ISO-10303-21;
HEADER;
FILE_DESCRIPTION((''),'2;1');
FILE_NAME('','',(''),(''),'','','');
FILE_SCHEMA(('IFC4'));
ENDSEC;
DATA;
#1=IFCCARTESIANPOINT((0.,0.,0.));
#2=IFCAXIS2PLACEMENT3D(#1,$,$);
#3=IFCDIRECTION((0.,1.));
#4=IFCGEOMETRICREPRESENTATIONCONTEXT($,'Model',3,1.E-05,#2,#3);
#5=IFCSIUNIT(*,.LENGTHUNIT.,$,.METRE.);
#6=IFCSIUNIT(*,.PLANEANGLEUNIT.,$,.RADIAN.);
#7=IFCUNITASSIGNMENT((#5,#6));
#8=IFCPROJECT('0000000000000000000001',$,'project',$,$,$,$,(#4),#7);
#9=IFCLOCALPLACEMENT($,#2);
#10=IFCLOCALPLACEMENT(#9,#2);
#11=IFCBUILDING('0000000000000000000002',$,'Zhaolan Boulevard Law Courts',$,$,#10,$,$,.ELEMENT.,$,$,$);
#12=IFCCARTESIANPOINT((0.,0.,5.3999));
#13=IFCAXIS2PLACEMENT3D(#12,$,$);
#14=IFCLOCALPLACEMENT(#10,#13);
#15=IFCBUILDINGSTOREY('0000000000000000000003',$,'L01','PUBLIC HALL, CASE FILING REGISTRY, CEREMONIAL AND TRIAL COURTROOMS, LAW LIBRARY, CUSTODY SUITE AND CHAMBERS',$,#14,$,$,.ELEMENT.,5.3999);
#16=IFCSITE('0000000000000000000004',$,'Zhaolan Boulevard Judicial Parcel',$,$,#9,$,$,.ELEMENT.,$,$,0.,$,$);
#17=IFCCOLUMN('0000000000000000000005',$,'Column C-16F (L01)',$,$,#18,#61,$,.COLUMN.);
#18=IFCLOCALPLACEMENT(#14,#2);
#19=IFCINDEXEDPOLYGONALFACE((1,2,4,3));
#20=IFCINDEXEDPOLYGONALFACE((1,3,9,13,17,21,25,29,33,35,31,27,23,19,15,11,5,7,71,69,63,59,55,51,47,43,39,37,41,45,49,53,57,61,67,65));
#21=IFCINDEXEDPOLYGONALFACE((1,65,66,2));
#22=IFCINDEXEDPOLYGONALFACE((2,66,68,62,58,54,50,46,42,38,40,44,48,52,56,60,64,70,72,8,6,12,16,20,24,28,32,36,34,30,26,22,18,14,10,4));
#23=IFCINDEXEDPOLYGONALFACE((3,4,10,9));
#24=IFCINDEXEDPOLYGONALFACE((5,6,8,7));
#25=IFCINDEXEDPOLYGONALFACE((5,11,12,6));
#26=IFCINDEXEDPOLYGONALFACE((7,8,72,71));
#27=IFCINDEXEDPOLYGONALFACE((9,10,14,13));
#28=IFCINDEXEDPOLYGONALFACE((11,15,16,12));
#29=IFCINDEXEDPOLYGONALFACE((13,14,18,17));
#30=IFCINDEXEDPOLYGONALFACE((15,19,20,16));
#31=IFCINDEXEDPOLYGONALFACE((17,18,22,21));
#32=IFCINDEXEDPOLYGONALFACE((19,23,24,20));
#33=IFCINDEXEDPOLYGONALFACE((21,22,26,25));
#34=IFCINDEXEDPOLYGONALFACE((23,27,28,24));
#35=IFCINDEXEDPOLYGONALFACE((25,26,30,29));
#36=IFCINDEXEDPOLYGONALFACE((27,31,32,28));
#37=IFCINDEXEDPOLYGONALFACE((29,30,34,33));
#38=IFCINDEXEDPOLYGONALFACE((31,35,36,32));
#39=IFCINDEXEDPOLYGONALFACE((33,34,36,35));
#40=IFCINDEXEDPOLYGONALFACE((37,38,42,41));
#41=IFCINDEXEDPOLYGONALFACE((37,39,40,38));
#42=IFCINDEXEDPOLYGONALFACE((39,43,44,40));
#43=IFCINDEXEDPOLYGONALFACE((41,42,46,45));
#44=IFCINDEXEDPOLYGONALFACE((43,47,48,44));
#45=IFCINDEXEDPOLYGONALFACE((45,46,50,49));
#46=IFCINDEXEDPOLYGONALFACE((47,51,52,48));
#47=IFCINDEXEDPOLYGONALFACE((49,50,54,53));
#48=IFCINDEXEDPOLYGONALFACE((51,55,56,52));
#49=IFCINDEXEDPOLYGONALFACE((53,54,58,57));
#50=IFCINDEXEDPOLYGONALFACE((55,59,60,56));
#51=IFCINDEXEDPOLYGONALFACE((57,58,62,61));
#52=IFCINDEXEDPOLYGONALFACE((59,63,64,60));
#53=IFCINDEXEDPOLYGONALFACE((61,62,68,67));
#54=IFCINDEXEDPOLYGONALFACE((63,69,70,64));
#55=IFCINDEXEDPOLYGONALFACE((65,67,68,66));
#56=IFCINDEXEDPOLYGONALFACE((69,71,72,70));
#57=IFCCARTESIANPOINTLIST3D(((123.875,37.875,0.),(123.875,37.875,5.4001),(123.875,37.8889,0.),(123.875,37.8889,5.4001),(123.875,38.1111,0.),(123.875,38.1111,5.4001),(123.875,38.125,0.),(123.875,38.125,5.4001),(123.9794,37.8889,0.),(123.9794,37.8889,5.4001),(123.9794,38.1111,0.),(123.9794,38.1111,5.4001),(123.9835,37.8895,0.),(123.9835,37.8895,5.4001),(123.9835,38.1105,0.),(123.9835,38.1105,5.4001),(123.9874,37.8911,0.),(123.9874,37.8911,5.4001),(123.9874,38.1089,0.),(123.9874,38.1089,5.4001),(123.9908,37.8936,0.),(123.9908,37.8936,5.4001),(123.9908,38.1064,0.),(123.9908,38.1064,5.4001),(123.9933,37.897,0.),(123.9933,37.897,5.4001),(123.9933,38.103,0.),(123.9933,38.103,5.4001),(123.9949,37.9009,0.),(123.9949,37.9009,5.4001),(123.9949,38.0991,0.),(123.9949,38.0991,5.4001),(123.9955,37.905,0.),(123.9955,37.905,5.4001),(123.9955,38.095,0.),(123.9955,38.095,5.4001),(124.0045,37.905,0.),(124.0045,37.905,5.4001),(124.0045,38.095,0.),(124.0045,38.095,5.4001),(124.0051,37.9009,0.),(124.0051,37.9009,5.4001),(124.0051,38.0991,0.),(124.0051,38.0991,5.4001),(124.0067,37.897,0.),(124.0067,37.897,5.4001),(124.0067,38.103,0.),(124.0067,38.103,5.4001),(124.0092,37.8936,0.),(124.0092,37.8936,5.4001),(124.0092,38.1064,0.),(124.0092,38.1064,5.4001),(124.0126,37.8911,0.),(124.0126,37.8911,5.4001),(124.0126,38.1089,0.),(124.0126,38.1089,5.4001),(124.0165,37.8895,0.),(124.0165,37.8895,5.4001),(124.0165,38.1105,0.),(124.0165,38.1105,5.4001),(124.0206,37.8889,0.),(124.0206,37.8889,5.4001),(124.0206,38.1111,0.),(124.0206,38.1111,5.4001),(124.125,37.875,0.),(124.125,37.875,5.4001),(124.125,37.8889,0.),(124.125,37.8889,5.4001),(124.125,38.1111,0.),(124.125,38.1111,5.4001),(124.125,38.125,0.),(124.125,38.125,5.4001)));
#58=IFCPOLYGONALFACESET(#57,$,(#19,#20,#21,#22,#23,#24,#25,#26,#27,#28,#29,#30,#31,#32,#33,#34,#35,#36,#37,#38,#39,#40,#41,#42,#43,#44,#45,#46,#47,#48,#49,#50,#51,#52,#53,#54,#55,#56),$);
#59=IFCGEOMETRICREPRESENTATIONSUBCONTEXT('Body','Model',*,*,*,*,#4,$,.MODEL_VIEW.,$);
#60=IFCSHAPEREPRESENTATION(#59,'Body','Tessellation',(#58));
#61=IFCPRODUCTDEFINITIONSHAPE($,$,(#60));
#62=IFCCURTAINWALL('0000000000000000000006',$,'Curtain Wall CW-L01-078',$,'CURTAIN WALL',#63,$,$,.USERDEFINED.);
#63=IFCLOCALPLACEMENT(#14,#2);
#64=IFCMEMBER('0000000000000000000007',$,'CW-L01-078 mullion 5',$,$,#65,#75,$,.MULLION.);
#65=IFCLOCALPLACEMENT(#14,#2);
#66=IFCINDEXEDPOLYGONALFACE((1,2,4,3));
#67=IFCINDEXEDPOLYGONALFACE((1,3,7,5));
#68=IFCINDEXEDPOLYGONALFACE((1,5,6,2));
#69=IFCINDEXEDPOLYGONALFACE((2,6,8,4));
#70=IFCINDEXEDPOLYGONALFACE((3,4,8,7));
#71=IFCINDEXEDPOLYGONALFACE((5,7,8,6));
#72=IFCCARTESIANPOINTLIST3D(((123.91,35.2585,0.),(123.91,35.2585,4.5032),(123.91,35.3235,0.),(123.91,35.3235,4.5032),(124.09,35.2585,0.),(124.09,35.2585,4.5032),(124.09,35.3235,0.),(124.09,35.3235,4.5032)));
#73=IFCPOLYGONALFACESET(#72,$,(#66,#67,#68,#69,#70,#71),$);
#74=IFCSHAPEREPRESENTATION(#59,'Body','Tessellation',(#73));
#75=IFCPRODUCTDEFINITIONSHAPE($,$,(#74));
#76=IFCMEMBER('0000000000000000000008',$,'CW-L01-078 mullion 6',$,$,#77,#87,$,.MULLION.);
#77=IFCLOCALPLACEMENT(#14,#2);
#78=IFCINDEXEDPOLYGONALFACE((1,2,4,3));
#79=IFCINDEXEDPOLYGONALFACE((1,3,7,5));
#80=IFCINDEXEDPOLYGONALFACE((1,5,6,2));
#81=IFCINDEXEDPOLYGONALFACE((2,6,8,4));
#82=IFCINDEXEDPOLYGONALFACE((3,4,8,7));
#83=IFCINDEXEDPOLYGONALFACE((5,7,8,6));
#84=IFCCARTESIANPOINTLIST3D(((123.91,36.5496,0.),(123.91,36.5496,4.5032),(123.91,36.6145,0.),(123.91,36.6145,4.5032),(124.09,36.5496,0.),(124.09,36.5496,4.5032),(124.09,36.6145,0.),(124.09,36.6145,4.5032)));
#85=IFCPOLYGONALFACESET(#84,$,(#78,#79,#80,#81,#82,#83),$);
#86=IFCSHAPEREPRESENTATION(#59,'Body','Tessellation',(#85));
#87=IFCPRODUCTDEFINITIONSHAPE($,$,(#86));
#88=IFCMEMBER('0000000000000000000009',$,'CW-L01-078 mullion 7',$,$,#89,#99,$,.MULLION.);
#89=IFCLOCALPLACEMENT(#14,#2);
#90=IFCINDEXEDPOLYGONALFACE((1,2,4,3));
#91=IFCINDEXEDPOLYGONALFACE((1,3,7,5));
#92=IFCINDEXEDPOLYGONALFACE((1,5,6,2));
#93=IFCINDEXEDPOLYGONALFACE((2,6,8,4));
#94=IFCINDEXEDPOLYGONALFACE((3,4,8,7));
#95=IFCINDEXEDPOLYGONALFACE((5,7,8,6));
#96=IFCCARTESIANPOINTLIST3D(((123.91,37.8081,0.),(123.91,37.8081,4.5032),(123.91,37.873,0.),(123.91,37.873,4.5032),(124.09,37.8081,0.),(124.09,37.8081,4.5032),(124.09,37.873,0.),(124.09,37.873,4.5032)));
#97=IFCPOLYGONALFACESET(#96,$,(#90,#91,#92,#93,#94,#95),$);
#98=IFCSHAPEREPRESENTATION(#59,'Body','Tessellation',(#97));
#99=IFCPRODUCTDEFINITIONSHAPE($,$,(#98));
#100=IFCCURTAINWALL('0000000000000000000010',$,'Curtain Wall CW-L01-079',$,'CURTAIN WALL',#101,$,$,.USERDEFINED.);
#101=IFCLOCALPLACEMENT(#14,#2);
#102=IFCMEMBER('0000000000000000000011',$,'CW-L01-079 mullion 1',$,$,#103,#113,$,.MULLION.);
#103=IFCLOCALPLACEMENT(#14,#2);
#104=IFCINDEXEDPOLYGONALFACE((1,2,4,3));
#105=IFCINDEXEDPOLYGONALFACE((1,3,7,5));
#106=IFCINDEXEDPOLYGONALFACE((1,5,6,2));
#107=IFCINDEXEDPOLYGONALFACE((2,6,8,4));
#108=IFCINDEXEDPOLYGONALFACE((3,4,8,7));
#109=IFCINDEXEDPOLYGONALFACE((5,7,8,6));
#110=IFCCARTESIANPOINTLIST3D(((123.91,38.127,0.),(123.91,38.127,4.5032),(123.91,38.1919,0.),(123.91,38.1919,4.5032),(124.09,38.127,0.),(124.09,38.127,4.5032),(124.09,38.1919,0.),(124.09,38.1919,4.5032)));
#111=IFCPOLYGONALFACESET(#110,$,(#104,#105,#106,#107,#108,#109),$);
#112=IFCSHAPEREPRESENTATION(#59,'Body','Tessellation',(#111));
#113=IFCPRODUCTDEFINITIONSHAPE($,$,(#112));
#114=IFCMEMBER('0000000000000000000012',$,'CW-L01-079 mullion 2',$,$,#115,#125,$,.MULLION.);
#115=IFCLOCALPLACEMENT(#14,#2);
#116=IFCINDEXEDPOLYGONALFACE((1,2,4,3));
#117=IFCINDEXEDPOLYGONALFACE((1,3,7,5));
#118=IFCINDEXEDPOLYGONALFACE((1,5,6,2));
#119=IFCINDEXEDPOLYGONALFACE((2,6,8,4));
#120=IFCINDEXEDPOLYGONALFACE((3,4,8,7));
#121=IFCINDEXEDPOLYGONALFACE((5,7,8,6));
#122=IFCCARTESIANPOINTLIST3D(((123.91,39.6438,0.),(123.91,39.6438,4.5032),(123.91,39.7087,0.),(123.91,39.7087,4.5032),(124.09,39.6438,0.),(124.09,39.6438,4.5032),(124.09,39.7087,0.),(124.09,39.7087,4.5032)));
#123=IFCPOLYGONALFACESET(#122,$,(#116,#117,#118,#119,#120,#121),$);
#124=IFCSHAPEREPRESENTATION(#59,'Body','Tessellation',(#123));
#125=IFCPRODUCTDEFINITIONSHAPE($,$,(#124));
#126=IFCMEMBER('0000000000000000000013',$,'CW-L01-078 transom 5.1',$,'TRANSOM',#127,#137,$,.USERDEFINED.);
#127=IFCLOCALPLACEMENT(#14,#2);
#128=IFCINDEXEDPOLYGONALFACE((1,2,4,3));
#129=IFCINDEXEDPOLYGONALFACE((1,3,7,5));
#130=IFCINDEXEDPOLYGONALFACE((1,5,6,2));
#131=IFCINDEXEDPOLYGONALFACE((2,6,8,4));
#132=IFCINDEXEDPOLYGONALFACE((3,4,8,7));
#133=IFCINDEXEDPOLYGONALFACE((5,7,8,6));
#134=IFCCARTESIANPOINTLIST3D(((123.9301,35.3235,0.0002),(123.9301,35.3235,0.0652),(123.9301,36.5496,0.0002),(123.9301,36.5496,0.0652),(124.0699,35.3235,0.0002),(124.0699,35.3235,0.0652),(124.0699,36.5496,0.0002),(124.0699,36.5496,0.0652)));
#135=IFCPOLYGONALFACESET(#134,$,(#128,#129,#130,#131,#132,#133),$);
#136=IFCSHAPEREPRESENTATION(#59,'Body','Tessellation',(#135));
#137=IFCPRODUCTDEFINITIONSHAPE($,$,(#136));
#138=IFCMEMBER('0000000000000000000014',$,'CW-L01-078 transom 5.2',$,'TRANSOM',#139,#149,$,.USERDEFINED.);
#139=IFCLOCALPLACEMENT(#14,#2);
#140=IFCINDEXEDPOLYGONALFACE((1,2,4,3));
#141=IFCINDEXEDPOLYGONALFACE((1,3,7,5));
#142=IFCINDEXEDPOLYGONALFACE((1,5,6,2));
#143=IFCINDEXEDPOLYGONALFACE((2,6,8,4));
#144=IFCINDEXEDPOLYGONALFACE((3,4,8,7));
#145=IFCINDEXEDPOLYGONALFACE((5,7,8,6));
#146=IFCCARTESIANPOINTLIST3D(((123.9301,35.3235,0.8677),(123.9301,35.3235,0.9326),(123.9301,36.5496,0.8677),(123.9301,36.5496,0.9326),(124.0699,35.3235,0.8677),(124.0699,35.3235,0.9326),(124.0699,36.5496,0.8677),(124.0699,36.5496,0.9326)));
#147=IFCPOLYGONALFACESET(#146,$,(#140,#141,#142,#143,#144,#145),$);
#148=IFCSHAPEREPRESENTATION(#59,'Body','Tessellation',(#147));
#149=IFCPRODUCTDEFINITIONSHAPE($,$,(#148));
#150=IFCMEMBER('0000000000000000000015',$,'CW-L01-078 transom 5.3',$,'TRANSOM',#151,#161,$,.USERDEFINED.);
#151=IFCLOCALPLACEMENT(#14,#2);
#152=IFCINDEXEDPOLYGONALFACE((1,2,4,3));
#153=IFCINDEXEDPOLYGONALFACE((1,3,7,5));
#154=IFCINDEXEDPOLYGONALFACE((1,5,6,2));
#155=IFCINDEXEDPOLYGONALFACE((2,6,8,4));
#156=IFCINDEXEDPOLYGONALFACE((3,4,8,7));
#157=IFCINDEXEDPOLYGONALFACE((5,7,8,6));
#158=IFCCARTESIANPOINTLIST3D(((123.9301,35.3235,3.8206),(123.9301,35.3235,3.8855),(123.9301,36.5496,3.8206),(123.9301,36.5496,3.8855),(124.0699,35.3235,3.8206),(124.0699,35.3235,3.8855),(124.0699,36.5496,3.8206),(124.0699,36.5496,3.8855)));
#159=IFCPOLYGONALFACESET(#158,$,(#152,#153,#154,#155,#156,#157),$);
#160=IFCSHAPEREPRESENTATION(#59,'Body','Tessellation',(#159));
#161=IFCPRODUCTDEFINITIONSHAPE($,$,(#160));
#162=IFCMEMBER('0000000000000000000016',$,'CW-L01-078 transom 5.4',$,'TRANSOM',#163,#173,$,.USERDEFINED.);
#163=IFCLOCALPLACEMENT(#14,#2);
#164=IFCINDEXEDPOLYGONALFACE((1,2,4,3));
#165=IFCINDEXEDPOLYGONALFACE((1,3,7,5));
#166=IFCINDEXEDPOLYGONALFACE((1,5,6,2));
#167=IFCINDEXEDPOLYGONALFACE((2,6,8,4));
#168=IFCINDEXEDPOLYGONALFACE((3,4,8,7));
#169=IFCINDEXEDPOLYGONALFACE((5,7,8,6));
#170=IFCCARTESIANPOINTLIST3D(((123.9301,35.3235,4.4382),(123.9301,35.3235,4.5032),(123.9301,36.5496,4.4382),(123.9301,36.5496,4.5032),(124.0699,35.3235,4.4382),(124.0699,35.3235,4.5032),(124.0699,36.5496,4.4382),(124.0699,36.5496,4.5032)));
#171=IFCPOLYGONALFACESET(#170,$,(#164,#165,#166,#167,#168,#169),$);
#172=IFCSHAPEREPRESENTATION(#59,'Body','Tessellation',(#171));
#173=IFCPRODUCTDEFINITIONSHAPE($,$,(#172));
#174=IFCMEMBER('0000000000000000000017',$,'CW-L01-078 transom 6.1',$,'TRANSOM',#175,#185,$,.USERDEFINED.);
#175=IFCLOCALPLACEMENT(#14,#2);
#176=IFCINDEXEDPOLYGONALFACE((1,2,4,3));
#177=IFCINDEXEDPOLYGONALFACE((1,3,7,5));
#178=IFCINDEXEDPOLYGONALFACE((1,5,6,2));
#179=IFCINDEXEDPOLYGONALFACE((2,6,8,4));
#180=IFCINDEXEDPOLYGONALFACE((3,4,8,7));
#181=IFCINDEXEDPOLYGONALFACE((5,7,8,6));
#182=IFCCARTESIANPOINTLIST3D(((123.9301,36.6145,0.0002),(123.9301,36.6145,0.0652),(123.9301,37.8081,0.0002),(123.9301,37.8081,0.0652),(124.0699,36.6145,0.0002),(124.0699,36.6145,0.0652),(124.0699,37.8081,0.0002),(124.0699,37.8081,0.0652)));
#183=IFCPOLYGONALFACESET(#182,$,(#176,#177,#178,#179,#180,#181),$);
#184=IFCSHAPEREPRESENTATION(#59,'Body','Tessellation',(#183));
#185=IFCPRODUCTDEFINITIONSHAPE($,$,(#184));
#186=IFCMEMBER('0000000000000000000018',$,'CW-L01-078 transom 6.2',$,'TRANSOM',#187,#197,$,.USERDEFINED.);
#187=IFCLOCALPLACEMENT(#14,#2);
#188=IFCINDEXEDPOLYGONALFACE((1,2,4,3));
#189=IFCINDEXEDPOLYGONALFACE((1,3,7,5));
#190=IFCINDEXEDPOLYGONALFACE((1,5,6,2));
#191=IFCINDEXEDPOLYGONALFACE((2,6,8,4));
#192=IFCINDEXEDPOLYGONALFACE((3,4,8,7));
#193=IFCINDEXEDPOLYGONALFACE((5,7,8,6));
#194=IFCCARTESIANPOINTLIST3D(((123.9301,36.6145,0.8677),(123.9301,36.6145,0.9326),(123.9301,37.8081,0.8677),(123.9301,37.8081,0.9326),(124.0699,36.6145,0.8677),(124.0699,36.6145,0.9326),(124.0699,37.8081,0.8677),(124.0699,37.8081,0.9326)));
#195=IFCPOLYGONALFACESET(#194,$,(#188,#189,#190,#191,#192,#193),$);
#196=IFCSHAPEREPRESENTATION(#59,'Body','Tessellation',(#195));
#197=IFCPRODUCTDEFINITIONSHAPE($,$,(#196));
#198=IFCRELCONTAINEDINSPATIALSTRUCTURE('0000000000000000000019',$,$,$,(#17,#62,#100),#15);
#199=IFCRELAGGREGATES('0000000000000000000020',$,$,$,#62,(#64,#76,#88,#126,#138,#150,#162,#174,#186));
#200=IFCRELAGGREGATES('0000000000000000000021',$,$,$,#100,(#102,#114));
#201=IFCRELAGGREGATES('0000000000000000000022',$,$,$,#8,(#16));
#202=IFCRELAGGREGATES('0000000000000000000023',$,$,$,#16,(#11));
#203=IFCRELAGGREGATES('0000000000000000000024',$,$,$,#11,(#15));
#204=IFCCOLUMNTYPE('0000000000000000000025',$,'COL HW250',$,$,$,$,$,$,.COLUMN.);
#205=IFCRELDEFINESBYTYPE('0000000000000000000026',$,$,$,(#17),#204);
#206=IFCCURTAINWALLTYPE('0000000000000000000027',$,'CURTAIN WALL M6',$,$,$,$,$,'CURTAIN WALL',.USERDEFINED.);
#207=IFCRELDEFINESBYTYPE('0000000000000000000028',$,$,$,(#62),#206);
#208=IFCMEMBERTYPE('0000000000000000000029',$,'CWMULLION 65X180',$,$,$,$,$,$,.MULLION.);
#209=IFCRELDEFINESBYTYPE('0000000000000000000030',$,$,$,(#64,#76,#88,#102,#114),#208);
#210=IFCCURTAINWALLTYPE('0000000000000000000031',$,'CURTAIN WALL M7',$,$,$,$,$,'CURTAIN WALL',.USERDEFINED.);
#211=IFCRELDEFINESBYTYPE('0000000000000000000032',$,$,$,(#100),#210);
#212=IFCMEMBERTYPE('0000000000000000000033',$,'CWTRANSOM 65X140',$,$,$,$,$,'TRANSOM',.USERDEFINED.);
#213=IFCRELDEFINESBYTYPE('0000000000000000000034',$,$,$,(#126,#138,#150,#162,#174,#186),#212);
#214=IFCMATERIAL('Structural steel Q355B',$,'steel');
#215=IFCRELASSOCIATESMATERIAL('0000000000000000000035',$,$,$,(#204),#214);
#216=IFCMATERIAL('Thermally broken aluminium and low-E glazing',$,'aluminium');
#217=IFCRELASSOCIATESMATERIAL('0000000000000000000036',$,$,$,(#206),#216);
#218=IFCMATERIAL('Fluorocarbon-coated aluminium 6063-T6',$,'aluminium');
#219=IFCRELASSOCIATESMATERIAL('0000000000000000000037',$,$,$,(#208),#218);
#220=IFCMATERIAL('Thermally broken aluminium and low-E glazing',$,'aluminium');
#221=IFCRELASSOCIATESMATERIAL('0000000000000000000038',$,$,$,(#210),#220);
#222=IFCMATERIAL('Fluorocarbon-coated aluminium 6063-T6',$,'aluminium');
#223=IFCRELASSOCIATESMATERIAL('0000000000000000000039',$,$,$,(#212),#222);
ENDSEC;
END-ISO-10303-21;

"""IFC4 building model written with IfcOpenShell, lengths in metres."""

from ifc_helpers import new_model, si_unit, direction, frame, origin, origin_2d, place, context, subcontext, project, spatial, rectangle, i_section, extrude, material, material_profile, profile_set, type_object, element, aggregate, save


model = new_model("IFC4")

# Units and contexts
model_context = context("Model", 3, precision=1e-05, world=origin(), true_north=direction((0.0, 1.0)))
body_context = subcontext(model_context, "Body", "Model", "MODEL_VIEW")
ifc_project = project(units=[si_unit("LENGTHUNIT", "METRE"), si_unit("PLANEANGLEUNIT", "RADIAN")], contexts=[model_context])

# Site, building, storey
site_placement = place(None, origin())
site = spatial("IfcSite", under=ifc_project, at=site_placement, Name="Zhaolan Boulevard Judicial Parcel", CompositionType="ELEMENT", RefElevation=0.0)
building_placement = place(site_placement, origin())
building = spatial("IfcBuilding", under=site, at=building_placement, Name="Zhaolan Boulevard Law Courts", CompositionType="ELEMENT")
storey_placement = place(building_placement, frame((0.0, 0.0, 5.3999)))
storey = spatial("IfcBuildingStorey", under=building, at=storey_placement, Name="L01", Description="PUBLIC HALL, CASE FILING REGISTRY, CEREMONIAL AND TRIAL COURTROOMS, LAW LIBRARY, CUSTODY SUITE AND CHAMBERS", CompositionType="ELEMENT", Elevation=5.3999)

# Column
ifc_material_1 = material(Name="Structural steel Q355B", Category="steel")
ifc_material_profile_1 = material_profile(ifc_material_1, i_section(OverallWidth=0.25, OverallDepth=0.25, WebThickness=0.009, FlangeThickness=0.0139, FilletRadius=0.0161, at=origin_2d()), Name="HW250x250")
ifc_profile_set_1 = profile_set([ifc_material_profile_1], Name="Structural steel Q355B")
column_type = type_object("IfcColumnType", Name="COL HW250", PredefinedType="COLUMN", material=ifc_profile_set_1)
column_placement = place(storey_placement, frame((124.0, 38.0, 0.0), z_axis=(0.0, 0.0, 1.0), x_axis=(1.0, 0.0, 0.0)))
element("IfcColumn", 1, at=column_placement, inside=storey, type_object=column_type, Name="Column C-16F (L01)", PredefinedType="COLUMN", context=body_context, shape_type="SweptSolid", body=[
    extrude(i_section(OverallWidth=0.25, OverallDepth=0.25, WebThickness=0.009, FlangeThickness=0.0139, FilletRadius=0.0161, at=origin_2d()), origin(), (0.0, 0.0, 1.0), 5.4001),
])

# Curtain walls, members
ifc_material_2 = material(Name="Thermally broken aluminium and low-E glazing", Category="aluminium")
curtain_wall_type_1 = type_object("IfcCurtainWallType", Name="CURTAIN WALL M6", ElementType="CURTAIN WALL", PredefinedType="USERDEFINED", material=ifc_material_2)
curtain_wall_1_placement = place(storey_placement, origin())
curtain_wall_1 = element("IfcCurtainWall", 2, at=curtain_wall_1_placement, inside=storey, type_object=curtain_wall_type_1, Name="Curtain Wall CW-L01-078", ObjectType="CURTAIN WALL", PredefinedType="USERDEFINED")
ifc_material_3 = material(Name="Fluorocarbon-coated aluminium 6063-T6", Category="aluminium")
ifc_material_profile_2 = material_profile(ifc_material_3, rectangle(XDim=0.1799, YDim=0.0649, at=origin_2d()), Name="AL65x180")
ifc_profile_set_2 = profile_set([ifc_material_profile_2], Name="Fluorocarbon-coated aluminium 6063-T6")
member_type_1 = type_object("IfcMemberType", Name="CWMULLION 65X180", PredefinedType="MULLION", material=ifc_profile_set_2)
member_1_placement = place(storey_placement, frame((124.0, 35.291, 0.0), z_axis=(0.0, 0.0, 1.0), x_axis=(-1.0, 0.0, 0.0)))
member_1 = element("IfcMember", 3, at=member_1_placement, type_object=member_type_1, Name="CW-L01-078 mullion 5", PredefinedType="MULLION", context=body_context, shape_type="SweptSolid", body=[
    extrude(rectangle(XDim=0.1799, YDim=0.0649, at=origin_2d()), origin(), (0.0, 0.0, 1.0), 4.5032),
])
member_2_placement = place(storey_placement, frame((124.0, 36.582, 0.0), z_axis=(0.0, 0.0, 1.0), x_axis=(-1.0, 0.0, 0.0)))
member_2 = element("IfcMember", 4, at=member_2_placement, type_object=member_type_1, Name="CW-L01-078 mullion 6", PredefinedType="MULLION", context=body_context, shape_type="SweptSolid", body=[
    extrude(rectangle(XDim=0.1799, YDim=0.0649, at=origin_2d()), origin(), (0.0, 0.0, 1.0), 4.5032),
])
member_3_placement = place(storey_placement, frame((124.0, 37.8406, 0.0), z_axis=(0.0, 0.0, 1.0), x_axis=(-1.0, 0.0, 0.0)))
member_3 = element("IfcMember", 5, at=member_3_placement, type_object=member_type_1, Name="CW-L01-078 mullion 7", PredefinedType="MULLION", context=body_context, shape_type="SweptSolid", body=[
    extrude(rectangle(XDim=0.1799, YDim=0.0649, at=origin_2d()), origin(), (0.0, 0.0, 1.0), 4.5032),
])
ifc_material_4 = material(Name="Thermally broken aluminium and low-E glazing", Category="aluminium")
curtain_wall_type_2 = type_object("IfcCurtainWallType", Name="CURTAIN WALL M7", ElementType="CURTAIN WALL", PredefinedType="USERDEFINED", material=ifc_material_4)
curtain_wall_2_placement = place(storey_placement, origin())
curtain_wall_2 = element("IfcCurtainWall", 6, at=curtain_wall_2_placement, inside=storey, type_object=curtain_wall_type_2, Name="Curtain Wall CW-L01-079", ObjectType="CURTAIN WALL", PredefinedType="USERDEFINED")
member_4_placement = place(storey_placement, frame((124.0, 38.1594, 0.0), z_axis=(0.0, 0.0, 1.0), x_axis=(-1.0, 0.0, 0.0)))
member_4 = element("IfcMember", 7, at=member_4_placement, type_object=member_type_1, Name="CW-L01-079 mullion 1", PredefinedType="MULLION", context=body_context, shape_type="SweptSolid", body=[
    extrude(rectangle(XDim=0.1799, YDim=0.0649, at=origin_2d()), origin(), (0.0, 0.0, 1.0), 4.5032),
])
member_5_placement = place(storey_placement, frame((124.0, 39.6763, 0.0), z_axis=(0.0, 0.0, 1.0), x_axis=(-1.0, 0.0, 0.0)))
member_5 = element("IfcMember", 8, at=member_5_placement, type_object=member_type_1, Name="CW-L01-079 mullion 2", PredefinedType="MULLION", context=body_context, shape_type="SweptSolid", body=[
    extrude(rectangle(XDim=0.1799, YDim=0.0649, at=origin_2d()), origin(), (0.0, 0.0, 1.0), 4.5032),
])

# Members
ifc_material_5 = material(Name="Fluorocarbon-coated aluminium 6063-T6", Category="aluminium")
ifc_material_profile_3 = material_profile(ifc_material_5, rectangle(XDim=0.1399, YDim=0.0649, at=origin_2d()), Name="AL65x140")
ifc_profile_set_3 = profile_set([ifc_material_profile_3], Name="Fluorocarbon-coated aluminium 6063-T6")
member_type_2 = type_object("IfcMemberType", Name="CWTRANSOM 65X140", ElementType="TRANSOM", PredefinedType="USERDEFINED", material=ifc_profile_set_3)
member_6_placement = place(storey_placement, frame((124.0, 35.3235, 0.0327), z_axis=(0.0, 1.0, 0.0), x_axis=(-1.0, 0.0, 0.0)))
member_6 = element("IfcMember", 9, at=member_6_placement, type_object=member_type_2, Name="CW-L01-078 transom 5.1", ObjectType="TRANSOM", PredefinedType="USERDEFINED", context=body_context, shape_type="SweptSolid", body=[
    extrude(rectangle(XDim=0.1399, YDim=0.0649, at=origin_2d()), origin(), (0.0, 0.0, 1.0), 1.2261),
])
member_7_placement = place(storey_placement, frame((124.0, 35.3235, 0.9001), z_axis=(0.0, 1.0, 0.0), x_axis=(-1.0, 0.0, 0.0)))
member_7 = element("IfcMember", 10, at=member_7_placement, type_object=member_type_2, Name="CW-L01-078 transom 5.2", ObjectType="TRANSOM", PredefinedType="USERDEFINED", context=body_context, shape_type="SweptSolid", body=[
    extrude(rectangle(XDim=0.1399, YDim=0.0649, at=origin_2d()), origin(), (0.0, 0.0, 1.0), 1.2261),
])
member_8_placement = place(storey_placement, frame((124.0, 35.3235, 3.853), z_axis=(0.0, 1.0, 0.0), x_axis=(-1.0, 0.0, 0.0)))
member_8 = element("IfcMember", 11, at=member_8_placement, type_object=member_type_2, Name="CW-L01-078 transom 5.3", ObjectType="TRANSOM", PredefinedType="USERDEFINED", context=body_context, shape_type="SweptSolid", body=[
    extrude(rectangle(XDim=0.1399, YDim=0.0649, at=origin_2d()), origin(), (0.0, 0.0, 1.0), 1.2261),
])
member_9_placement = place(storey_placement, frame((124.0, 35.3235, 4.4707), z_axis=(0.0, 1.0, 0.0), x_axis=(-1.0, 0.0, 0.0)))
member_9 = element("IfcMember", 12, at=member_9_placement, type_object=member_type_2, Name="CW-L01-078 transom 5.4", ObjectType="TRANSOM", PredefinedType="USERDEFINED", context=body_context, shape_type="SweptSolid", body=[
    extrude(rectangle(XDim=0.1399, YDim=0.0649, at=origin_2d()), origin(), (0.0, 0.0, 1.0), 1.2261),
])
member_10_placement = place(storey_placement, frame((124.0, 36.6145, 0.0327), z_axis=(0.0, 1.0, 0.0), x_axis=(-1.0, 0.0, 0.0)))
member_10 = element("IfcMember", 13, at=member_10_placement, type_object=member_type_2, Name="CW-L01-078 transom 6.1", ObjectType="TRANSOM", PredefinedType="USERDEFINED", context=body_context, shape_type="SweptSolid", body=[
    extrude(rectangle(XDim=0.1399, YDim=0.0649, at=origin_2d()), origin(), (0.0, 0.0, 1.0), 1.1936),
])
member_11_placement = place(storey_placement, frame((124.0, 36.6145, 0.9001), z_axis=(0.0, 1.0, 0.0), x_axis=(-1.0, 0.0, 0.0)))
member_11 = element("IfcMember", 14, at=member_11_placement, type_object=member_type_2, Name="CW-L01-078 transom 6.2", ObjectType="TRANSOM", PredefinedType="USERDEFINED", context=body_context, shape_type="SweptSolid", body=[
    extrude(rectangle(XDim=0.1399, YDim=0.0649, at=origin_2d()), origin(), (0.0, 0.0, 1.0), 1.1936),
])

aggregate(curtain_wall_1, [member_1, member_2, member_3, member_6, member_7, member_8, member_9, member_10, member_11])
aggregate(curtain_wall_2, [member_4, member_5])

save(model, "model.ifc")
